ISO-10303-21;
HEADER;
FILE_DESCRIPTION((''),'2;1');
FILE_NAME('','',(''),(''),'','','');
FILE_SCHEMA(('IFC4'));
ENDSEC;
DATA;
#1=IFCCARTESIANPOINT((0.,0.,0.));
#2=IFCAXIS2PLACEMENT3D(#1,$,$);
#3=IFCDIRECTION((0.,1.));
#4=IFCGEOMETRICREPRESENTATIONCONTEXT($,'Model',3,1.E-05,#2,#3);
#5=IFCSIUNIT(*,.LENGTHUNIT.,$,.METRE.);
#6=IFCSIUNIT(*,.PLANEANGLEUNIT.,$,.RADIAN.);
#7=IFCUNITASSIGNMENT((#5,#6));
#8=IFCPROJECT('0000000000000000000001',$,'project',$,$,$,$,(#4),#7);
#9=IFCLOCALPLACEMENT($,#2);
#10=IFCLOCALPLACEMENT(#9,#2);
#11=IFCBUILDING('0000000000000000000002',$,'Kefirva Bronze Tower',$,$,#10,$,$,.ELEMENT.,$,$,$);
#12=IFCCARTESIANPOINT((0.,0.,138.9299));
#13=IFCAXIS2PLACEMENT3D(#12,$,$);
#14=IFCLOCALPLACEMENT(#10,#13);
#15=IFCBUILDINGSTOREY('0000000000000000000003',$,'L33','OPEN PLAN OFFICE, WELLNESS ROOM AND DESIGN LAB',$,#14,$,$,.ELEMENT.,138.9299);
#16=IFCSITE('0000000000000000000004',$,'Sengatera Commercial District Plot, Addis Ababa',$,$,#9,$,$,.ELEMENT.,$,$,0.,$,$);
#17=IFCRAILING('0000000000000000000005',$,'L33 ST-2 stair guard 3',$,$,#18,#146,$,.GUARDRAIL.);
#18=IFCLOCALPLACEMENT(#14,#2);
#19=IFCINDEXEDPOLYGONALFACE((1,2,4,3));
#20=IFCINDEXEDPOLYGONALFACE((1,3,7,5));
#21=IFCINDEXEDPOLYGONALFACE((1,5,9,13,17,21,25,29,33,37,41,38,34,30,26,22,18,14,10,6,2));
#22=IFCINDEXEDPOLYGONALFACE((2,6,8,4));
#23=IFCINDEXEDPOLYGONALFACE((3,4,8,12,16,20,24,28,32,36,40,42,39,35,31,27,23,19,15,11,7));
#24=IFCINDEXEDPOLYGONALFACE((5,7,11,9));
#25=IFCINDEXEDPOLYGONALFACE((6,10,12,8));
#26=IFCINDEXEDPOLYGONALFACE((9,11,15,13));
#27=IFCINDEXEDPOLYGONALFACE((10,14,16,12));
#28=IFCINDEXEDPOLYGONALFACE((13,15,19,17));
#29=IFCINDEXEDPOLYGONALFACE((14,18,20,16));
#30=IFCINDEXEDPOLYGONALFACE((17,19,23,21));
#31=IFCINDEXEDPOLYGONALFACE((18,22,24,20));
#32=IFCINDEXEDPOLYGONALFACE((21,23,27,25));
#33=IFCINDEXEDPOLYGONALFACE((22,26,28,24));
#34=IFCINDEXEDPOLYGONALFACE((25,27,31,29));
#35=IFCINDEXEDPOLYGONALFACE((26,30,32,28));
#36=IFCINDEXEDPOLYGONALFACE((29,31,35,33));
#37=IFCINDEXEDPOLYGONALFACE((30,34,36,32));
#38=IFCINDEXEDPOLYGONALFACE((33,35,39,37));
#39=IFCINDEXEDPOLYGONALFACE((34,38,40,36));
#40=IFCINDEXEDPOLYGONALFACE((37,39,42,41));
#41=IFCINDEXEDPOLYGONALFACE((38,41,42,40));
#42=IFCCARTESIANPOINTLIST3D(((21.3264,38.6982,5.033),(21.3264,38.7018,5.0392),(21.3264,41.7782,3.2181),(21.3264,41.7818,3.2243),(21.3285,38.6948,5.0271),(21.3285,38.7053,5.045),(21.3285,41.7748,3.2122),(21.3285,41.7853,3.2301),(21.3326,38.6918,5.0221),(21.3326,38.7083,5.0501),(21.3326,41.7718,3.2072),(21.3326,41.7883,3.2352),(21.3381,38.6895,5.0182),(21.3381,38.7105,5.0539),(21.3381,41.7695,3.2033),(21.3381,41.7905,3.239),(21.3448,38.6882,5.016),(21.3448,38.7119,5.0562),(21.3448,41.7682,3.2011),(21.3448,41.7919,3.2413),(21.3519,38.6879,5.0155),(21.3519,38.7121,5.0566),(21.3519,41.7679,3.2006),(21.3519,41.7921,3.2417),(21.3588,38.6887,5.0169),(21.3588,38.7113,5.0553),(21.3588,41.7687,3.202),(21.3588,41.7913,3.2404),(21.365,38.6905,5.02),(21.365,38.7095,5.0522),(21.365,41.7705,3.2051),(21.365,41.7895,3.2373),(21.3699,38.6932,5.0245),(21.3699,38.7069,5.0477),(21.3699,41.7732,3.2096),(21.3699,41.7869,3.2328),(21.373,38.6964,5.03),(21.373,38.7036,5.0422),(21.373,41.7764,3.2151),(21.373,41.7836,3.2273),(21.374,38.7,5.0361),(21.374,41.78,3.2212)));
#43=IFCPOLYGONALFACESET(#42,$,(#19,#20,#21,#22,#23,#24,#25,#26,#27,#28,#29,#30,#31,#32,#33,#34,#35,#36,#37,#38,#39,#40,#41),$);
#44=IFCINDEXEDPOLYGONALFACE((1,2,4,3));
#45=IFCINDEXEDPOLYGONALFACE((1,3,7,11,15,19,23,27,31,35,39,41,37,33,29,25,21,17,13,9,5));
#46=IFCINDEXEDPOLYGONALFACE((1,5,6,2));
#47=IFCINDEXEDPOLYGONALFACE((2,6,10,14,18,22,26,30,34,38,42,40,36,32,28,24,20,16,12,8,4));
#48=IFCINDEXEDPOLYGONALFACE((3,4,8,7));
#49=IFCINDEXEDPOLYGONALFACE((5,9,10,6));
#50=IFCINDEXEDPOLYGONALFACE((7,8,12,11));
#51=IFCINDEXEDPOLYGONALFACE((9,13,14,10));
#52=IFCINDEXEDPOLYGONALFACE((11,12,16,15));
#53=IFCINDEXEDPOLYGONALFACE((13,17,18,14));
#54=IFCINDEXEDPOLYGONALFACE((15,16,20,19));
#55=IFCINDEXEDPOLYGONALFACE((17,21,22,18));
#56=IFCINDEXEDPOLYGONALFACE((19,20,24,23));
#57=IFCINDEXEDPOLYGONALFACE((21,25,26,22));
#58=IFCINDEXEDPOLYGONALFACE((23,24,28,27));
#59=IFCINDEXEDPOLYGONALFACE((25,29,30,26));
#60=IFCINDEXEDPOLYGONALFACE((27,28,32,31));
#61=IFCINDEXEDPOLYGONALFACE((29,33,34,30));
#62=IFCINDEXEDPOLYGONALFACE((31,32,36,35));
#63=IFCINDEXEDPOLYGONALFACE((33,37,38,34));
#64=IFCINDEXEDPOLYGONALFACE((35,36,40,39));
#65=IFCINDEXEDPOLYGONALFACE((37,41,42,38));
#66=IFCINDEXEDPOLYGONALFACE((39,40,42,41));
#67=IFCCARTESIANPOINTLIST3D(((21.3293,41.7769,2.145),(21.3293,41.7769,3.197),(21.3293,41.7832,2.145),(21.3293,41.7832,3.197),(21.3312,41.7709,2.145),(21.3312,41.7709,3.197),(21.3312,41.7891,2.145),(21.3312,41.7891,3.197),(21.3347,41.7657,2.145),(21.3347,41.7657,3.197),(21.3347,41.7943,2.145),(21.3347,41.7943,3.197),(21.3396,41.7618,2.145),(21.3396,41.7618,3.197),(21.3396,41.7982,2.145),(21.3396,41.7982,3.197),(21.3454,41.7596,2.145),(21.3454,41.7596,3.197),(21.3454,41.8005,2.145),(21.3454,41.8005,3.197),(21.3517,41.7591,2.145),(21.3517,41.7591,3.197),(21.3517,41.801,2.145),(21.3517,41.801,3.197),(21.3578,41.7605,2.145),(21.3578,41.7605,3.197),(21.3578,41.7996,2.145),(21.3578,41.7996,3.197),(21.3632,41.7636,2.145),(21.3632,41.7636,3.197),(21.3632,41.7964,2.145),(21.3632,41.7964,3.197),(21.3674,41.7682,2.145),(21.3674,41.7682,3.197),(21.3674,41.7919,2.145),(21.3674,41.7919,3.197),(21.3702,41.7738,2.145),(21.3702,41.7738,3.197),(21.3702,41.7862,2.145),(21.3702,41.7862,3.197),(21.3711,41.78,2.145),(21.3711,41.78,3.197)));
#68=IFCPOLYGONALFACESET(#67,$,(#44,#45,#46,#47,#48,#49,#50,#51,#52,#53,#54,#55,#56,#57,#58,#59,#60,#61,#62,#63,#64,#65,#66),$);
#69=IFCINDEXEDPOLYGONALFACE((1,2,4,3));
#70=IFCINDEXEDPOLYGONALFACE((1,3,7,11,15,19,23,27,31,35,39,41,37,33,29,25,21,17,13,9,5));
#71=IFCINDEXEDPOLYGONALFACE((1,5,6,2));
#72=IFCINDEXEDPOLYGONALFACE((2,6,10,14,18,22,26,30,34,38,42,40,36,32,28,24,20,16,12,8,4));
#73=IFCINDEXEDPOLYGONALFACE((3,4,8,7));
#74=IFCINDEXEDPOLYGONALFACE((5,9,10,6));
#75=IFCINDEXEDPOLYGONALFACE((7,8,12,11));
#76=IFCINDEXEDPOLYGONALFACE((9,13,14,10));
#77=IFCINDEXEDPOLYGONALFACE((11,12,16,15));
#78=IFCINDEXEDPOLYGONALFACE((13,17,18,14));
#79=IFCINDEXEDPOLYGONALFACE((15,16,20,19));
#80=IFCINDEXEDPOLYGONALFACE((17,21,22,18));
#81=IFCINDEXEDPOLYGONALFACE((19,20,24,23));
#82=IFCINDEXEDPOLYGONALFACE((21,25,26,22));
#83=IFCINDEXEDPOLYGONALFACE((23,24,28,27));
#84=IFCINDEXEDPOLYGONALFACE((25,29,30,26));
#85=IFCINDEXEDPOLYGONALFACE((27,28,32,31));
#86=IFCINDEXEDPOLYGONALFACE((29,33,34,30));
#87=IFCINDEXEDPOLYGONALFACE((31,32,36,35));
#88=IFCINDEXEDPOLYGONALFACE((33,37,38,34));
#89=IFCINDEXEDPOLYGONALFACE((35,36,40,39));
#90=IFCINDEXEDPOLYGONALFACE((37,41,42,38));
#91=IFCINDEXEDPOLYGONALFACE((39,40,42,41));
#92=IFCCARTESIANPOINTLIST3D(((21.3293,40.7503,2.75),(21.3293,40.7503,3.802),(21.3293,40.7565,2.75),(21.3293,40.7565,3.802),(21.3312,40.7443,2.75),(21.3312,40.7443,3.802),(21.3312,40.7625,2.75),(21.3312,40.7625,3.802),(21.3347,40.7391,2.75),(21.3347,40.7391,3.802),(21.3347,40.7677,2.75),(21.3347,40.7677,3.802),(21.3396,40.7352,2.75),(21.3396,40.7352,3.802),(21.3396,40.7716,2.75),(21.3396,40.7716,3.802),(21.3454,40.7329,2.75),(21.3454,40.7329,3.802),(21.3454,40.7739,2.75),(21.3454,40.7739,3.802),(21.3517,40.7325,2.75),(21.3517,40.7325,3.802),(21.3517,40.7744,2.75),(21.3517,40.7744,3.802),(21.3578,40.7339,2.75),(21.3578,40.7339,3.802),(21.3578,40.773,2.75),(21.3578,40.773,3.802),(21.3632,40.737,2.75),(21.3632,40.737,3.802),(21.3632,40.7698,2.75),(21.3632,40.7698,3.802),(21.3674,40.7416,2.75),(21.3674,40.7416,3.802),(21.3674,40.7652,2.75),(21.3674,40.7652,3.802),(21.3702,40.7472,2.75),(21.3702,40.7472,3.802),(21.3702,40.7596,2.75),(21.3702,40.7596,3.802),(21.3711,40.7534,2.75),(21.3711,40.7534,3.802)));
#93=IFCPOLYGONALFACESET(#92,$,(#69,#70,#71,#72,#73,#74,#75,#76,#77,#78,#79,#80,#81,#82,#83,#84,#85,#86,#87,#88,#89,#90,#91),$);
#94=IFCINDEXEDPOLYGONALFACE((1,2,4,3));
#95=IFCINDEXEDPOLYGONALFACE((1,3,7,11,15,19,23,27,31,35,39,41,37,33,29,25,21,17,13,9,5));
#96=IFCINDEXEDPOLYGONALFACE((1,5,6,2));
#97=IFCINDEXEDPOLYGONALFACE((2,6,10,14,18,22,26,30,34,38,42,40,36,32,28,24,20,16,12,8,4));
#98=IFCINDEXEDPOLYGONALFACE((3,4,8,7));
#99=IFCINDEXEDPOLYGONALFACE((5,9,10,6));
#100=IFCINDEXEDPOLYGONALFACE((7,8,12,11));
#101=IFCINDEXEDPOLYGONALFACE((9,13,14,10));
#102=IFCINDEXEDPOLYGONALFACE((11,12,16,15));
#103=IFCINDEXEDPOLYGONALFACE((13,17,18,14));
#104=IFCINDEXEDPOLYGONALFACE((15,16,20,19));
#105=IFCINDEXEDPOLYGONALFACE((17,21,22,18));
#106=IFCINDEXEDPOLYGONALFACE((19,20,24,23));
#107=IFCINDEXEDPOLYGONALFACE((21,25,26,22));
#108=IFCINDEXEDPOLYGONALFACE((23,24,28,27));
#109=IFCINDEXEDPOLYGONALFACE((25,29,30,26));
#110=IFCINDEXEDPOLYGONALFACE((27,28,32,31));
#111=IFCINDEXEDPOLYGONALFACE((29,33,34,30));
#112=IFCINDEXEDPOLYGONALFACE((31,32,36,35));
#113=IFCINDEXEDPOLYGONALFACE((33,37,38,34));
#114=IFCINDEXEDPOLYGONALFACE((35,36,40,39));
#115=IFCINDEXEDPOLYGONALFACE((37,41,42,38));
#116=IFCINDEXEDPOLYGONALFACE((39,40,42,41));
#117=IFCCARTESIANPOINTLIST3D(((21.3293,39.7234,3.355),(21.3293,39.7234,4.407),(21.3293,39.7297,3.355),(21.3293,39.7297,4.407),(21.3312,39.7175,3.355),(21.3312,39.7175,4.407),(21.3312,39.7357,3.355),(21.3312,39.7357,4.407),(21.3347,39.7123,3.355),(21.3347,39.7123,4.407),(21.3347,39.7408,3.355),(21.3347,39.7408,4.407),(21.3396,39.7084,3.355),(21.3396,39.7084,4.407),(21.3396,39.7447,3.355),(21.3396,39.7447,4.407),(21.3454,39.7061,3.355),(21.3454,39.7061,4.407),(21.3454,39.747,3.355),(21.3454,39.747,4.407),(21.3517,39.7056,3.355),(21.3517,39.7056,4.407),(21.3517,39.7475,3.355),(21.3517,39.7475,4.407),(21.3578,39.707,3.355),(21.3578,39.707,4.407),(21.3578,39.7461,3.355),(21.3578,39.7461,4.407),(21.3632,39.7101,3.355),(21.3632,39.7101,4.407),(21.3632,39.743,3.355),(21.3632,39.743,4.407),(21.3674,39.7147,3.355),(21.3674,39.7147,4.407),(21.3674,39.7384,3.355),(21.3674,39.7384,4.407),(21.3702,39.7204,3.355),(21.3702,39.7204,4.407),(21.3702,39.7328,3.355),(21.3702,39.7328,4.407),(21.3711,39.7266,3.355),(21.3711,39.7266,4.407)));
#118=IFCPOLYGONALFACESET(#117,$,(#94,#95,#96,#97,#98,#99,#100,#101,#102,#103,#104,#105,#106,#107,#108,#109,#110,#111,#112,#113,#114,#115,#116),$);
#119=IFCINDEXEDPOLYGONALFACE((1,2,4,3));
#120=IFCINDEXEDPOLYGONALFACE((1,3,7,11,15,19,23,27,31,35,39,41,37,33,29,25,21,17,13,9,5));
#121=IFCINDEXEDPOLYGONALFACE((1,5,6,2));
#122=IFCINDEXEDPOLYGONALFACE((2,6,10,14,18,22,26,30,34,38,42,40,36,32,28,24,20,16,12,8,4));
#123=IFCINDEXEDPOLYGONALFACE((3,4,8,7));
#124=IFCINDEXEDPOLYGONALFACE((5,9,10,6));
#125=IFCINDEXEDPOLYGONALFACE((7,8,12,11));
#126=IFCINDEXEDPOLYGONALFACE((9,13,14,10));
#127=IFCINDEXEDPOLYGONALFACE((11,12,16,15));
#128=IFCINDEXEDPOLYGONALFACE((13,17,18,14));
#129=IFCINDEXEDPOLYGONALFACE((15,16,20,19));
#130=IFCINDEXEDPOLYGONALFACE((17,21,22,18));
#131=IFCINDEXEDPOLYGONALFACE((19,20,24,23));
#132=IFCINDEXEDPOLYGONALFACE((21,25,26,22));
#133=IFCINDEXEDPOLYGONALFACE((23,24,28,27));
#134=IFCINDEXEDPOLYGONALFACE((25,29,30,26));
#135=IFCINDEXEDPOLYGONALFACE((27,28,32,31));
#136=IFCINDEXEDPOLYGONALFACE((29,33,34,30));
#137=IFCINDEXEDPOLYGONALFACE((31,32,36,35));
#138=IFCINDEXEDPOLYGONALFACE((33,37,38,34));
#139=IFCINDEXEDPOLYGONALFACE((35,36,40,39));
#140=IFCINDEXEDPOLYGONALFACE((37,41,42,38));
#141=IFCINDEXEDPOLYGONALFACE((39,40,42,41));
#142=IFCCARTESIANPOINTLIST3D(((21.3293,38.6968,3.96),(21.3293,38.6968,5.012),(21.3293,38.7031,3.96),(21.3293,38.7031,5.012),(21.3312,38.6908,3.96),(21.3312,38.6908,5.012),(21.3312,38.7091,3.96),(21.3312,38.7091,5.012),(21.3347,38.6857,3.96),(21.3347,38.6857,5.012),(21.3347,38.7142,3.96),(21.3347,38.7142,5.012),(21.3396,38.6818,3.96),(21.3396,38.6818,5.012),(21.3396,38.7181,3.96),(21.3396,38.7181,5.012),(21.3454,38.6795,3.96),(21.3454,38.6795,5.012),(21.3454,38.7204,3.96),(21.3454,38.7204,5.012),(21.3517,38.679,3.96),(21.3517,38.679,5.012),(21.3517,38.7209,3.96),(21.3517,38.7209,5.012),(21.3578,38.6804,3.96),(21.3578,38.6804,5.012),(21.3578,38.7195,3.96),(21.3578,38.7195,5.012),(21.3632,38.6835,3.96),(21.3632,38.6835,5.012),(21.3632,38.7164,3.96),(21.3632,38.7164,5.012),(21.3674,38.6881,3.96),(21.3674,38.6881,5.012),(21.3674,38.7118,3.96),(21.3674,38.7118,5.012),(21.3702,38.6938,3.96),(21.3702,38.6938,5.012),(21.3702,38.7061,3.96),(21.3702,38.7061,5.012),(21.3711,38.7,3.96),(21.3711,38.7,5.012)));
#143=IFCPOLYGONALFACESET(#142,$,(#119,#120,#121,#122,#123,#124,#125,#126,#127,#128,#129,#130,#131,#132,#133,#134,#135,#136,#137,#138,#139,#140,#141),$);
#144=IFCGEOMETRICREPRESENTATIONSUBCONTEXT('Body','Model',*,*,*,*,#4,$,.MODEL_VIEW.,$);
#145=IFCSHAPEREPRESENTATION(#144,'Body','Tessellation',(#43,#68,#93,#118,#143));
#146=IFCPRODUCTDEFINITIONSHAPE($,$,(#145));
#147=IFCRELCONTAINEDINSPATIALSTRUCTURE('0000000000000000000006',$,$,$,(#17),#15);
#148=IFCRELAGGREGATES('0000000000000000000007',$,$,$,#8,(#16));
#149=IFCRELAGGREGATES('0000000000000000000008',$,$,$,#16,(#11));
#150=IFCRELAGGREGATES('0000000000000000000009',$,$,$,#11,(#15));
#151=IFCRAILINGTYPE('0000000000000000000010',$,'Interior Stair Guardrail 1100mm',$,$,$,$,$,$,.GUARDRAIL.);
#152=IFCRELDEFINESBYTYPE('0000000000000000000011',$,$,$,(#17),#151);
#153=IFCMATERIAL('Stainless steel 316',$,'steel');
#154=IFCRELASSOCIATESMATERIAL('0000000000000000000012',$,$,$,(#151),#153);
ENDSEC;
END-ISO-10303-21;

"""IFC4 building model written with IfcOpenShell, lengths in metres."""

from ifc_helpers import new_model, si_unit, direction, frame, origin, origin_2d, place, context, subcontext, project, spatial, circle, extrude, material, type_object, element, save


model = new_model("IFC4")

# Units and contexts
model_context = context("Model", 3, precision=1e-05, world=origin(), true_north=direction((0.0, 1.0)))
body_context = subcontext(model_context, "Body", "Model", "MODEL_VIEW")
ifc_project = project(units=[si_unit("LENGTHUNIT", "METRE"), si_unit("PLANEANGLEUNIT", "RADIAN")], contexts=[model_context])

# Site, building, storey
site_placement = place(None, origin())
site = spatial("IfcSite", under=ifc_project, at=site_placement, Name="Sengatera Commercial District Plot, Addis Ababa", CompositionType="ELEMENT", RefElevation=0.0)
building_placement = place(site_placement, origin())
building = spatial("IfcBuilding", under=site, at=building_placement, Name="Kefirva Bronze Tower", CompositionType="ELEMENT")
storey_placement = place(building_placement, frame((0.0, 0.0, 138.9299)))
storey = spatial("IfcBuildingStorey", under=building, at=storey_placement, Name="L33", Description="OPEN PLAN OFFICE, WELLNESS ROOM AND DESIGN LAB", CompositionType="ELEMENT", Elevation=138.9299)

# Railing
ifc_material_1 = material(Name="Stainless steel 316", Category="steel")
railing_type_1 = type_object("IfcRailingType", Name="Interior Stair Guardrail 1100mm", PredefinedType="GUARDRAIL", material=ifc_material_1)
railing_1_placement = place(storey_placement, frame((21.3501, 41.78, 2.145)))
element("IfcRailing", 1, at=railing_1_placement, inside=storey, type_object=railing_type_1, Name="L33 ST-2 stair guard 3", PredefinedType="GUARDRAIL", context=body_context, shape_type="SweptSolid", body=[
    extrude(circle(Radius=0.0239, at=origin_2d()), frame((0.0, 0.0, 1.0762), z_axis=(0.0, -0.861551, 0.507671), x_axis=(1.0, 0.0, 0.0)), (0.0, 0.0, 1.0), 3.575),
    extrude(circle(Radius=0.021, at=origin_2d()), origin(), (0.0, 0.0, 1.0), 1.052),
    extrude(circle(Radius=0.021, at=origin_2d()), frame((0.0, -1.0266, 0.605)), (0.0, 0.0, 1.0), 1.052),
    extrude(circle(Radius=0.021, at=origin_2d()), frame((0.0, -2.0535, 1.21)), (0.0, 0.0, 1.0), 1.052),
    extrude(circle(Radius=0.021, at=origin_2d()), frame((0.0, -3.0801, 1.8149)), (0.0, 0.0, 1.0), 1.052),
])

save(model, "model.ifc")
